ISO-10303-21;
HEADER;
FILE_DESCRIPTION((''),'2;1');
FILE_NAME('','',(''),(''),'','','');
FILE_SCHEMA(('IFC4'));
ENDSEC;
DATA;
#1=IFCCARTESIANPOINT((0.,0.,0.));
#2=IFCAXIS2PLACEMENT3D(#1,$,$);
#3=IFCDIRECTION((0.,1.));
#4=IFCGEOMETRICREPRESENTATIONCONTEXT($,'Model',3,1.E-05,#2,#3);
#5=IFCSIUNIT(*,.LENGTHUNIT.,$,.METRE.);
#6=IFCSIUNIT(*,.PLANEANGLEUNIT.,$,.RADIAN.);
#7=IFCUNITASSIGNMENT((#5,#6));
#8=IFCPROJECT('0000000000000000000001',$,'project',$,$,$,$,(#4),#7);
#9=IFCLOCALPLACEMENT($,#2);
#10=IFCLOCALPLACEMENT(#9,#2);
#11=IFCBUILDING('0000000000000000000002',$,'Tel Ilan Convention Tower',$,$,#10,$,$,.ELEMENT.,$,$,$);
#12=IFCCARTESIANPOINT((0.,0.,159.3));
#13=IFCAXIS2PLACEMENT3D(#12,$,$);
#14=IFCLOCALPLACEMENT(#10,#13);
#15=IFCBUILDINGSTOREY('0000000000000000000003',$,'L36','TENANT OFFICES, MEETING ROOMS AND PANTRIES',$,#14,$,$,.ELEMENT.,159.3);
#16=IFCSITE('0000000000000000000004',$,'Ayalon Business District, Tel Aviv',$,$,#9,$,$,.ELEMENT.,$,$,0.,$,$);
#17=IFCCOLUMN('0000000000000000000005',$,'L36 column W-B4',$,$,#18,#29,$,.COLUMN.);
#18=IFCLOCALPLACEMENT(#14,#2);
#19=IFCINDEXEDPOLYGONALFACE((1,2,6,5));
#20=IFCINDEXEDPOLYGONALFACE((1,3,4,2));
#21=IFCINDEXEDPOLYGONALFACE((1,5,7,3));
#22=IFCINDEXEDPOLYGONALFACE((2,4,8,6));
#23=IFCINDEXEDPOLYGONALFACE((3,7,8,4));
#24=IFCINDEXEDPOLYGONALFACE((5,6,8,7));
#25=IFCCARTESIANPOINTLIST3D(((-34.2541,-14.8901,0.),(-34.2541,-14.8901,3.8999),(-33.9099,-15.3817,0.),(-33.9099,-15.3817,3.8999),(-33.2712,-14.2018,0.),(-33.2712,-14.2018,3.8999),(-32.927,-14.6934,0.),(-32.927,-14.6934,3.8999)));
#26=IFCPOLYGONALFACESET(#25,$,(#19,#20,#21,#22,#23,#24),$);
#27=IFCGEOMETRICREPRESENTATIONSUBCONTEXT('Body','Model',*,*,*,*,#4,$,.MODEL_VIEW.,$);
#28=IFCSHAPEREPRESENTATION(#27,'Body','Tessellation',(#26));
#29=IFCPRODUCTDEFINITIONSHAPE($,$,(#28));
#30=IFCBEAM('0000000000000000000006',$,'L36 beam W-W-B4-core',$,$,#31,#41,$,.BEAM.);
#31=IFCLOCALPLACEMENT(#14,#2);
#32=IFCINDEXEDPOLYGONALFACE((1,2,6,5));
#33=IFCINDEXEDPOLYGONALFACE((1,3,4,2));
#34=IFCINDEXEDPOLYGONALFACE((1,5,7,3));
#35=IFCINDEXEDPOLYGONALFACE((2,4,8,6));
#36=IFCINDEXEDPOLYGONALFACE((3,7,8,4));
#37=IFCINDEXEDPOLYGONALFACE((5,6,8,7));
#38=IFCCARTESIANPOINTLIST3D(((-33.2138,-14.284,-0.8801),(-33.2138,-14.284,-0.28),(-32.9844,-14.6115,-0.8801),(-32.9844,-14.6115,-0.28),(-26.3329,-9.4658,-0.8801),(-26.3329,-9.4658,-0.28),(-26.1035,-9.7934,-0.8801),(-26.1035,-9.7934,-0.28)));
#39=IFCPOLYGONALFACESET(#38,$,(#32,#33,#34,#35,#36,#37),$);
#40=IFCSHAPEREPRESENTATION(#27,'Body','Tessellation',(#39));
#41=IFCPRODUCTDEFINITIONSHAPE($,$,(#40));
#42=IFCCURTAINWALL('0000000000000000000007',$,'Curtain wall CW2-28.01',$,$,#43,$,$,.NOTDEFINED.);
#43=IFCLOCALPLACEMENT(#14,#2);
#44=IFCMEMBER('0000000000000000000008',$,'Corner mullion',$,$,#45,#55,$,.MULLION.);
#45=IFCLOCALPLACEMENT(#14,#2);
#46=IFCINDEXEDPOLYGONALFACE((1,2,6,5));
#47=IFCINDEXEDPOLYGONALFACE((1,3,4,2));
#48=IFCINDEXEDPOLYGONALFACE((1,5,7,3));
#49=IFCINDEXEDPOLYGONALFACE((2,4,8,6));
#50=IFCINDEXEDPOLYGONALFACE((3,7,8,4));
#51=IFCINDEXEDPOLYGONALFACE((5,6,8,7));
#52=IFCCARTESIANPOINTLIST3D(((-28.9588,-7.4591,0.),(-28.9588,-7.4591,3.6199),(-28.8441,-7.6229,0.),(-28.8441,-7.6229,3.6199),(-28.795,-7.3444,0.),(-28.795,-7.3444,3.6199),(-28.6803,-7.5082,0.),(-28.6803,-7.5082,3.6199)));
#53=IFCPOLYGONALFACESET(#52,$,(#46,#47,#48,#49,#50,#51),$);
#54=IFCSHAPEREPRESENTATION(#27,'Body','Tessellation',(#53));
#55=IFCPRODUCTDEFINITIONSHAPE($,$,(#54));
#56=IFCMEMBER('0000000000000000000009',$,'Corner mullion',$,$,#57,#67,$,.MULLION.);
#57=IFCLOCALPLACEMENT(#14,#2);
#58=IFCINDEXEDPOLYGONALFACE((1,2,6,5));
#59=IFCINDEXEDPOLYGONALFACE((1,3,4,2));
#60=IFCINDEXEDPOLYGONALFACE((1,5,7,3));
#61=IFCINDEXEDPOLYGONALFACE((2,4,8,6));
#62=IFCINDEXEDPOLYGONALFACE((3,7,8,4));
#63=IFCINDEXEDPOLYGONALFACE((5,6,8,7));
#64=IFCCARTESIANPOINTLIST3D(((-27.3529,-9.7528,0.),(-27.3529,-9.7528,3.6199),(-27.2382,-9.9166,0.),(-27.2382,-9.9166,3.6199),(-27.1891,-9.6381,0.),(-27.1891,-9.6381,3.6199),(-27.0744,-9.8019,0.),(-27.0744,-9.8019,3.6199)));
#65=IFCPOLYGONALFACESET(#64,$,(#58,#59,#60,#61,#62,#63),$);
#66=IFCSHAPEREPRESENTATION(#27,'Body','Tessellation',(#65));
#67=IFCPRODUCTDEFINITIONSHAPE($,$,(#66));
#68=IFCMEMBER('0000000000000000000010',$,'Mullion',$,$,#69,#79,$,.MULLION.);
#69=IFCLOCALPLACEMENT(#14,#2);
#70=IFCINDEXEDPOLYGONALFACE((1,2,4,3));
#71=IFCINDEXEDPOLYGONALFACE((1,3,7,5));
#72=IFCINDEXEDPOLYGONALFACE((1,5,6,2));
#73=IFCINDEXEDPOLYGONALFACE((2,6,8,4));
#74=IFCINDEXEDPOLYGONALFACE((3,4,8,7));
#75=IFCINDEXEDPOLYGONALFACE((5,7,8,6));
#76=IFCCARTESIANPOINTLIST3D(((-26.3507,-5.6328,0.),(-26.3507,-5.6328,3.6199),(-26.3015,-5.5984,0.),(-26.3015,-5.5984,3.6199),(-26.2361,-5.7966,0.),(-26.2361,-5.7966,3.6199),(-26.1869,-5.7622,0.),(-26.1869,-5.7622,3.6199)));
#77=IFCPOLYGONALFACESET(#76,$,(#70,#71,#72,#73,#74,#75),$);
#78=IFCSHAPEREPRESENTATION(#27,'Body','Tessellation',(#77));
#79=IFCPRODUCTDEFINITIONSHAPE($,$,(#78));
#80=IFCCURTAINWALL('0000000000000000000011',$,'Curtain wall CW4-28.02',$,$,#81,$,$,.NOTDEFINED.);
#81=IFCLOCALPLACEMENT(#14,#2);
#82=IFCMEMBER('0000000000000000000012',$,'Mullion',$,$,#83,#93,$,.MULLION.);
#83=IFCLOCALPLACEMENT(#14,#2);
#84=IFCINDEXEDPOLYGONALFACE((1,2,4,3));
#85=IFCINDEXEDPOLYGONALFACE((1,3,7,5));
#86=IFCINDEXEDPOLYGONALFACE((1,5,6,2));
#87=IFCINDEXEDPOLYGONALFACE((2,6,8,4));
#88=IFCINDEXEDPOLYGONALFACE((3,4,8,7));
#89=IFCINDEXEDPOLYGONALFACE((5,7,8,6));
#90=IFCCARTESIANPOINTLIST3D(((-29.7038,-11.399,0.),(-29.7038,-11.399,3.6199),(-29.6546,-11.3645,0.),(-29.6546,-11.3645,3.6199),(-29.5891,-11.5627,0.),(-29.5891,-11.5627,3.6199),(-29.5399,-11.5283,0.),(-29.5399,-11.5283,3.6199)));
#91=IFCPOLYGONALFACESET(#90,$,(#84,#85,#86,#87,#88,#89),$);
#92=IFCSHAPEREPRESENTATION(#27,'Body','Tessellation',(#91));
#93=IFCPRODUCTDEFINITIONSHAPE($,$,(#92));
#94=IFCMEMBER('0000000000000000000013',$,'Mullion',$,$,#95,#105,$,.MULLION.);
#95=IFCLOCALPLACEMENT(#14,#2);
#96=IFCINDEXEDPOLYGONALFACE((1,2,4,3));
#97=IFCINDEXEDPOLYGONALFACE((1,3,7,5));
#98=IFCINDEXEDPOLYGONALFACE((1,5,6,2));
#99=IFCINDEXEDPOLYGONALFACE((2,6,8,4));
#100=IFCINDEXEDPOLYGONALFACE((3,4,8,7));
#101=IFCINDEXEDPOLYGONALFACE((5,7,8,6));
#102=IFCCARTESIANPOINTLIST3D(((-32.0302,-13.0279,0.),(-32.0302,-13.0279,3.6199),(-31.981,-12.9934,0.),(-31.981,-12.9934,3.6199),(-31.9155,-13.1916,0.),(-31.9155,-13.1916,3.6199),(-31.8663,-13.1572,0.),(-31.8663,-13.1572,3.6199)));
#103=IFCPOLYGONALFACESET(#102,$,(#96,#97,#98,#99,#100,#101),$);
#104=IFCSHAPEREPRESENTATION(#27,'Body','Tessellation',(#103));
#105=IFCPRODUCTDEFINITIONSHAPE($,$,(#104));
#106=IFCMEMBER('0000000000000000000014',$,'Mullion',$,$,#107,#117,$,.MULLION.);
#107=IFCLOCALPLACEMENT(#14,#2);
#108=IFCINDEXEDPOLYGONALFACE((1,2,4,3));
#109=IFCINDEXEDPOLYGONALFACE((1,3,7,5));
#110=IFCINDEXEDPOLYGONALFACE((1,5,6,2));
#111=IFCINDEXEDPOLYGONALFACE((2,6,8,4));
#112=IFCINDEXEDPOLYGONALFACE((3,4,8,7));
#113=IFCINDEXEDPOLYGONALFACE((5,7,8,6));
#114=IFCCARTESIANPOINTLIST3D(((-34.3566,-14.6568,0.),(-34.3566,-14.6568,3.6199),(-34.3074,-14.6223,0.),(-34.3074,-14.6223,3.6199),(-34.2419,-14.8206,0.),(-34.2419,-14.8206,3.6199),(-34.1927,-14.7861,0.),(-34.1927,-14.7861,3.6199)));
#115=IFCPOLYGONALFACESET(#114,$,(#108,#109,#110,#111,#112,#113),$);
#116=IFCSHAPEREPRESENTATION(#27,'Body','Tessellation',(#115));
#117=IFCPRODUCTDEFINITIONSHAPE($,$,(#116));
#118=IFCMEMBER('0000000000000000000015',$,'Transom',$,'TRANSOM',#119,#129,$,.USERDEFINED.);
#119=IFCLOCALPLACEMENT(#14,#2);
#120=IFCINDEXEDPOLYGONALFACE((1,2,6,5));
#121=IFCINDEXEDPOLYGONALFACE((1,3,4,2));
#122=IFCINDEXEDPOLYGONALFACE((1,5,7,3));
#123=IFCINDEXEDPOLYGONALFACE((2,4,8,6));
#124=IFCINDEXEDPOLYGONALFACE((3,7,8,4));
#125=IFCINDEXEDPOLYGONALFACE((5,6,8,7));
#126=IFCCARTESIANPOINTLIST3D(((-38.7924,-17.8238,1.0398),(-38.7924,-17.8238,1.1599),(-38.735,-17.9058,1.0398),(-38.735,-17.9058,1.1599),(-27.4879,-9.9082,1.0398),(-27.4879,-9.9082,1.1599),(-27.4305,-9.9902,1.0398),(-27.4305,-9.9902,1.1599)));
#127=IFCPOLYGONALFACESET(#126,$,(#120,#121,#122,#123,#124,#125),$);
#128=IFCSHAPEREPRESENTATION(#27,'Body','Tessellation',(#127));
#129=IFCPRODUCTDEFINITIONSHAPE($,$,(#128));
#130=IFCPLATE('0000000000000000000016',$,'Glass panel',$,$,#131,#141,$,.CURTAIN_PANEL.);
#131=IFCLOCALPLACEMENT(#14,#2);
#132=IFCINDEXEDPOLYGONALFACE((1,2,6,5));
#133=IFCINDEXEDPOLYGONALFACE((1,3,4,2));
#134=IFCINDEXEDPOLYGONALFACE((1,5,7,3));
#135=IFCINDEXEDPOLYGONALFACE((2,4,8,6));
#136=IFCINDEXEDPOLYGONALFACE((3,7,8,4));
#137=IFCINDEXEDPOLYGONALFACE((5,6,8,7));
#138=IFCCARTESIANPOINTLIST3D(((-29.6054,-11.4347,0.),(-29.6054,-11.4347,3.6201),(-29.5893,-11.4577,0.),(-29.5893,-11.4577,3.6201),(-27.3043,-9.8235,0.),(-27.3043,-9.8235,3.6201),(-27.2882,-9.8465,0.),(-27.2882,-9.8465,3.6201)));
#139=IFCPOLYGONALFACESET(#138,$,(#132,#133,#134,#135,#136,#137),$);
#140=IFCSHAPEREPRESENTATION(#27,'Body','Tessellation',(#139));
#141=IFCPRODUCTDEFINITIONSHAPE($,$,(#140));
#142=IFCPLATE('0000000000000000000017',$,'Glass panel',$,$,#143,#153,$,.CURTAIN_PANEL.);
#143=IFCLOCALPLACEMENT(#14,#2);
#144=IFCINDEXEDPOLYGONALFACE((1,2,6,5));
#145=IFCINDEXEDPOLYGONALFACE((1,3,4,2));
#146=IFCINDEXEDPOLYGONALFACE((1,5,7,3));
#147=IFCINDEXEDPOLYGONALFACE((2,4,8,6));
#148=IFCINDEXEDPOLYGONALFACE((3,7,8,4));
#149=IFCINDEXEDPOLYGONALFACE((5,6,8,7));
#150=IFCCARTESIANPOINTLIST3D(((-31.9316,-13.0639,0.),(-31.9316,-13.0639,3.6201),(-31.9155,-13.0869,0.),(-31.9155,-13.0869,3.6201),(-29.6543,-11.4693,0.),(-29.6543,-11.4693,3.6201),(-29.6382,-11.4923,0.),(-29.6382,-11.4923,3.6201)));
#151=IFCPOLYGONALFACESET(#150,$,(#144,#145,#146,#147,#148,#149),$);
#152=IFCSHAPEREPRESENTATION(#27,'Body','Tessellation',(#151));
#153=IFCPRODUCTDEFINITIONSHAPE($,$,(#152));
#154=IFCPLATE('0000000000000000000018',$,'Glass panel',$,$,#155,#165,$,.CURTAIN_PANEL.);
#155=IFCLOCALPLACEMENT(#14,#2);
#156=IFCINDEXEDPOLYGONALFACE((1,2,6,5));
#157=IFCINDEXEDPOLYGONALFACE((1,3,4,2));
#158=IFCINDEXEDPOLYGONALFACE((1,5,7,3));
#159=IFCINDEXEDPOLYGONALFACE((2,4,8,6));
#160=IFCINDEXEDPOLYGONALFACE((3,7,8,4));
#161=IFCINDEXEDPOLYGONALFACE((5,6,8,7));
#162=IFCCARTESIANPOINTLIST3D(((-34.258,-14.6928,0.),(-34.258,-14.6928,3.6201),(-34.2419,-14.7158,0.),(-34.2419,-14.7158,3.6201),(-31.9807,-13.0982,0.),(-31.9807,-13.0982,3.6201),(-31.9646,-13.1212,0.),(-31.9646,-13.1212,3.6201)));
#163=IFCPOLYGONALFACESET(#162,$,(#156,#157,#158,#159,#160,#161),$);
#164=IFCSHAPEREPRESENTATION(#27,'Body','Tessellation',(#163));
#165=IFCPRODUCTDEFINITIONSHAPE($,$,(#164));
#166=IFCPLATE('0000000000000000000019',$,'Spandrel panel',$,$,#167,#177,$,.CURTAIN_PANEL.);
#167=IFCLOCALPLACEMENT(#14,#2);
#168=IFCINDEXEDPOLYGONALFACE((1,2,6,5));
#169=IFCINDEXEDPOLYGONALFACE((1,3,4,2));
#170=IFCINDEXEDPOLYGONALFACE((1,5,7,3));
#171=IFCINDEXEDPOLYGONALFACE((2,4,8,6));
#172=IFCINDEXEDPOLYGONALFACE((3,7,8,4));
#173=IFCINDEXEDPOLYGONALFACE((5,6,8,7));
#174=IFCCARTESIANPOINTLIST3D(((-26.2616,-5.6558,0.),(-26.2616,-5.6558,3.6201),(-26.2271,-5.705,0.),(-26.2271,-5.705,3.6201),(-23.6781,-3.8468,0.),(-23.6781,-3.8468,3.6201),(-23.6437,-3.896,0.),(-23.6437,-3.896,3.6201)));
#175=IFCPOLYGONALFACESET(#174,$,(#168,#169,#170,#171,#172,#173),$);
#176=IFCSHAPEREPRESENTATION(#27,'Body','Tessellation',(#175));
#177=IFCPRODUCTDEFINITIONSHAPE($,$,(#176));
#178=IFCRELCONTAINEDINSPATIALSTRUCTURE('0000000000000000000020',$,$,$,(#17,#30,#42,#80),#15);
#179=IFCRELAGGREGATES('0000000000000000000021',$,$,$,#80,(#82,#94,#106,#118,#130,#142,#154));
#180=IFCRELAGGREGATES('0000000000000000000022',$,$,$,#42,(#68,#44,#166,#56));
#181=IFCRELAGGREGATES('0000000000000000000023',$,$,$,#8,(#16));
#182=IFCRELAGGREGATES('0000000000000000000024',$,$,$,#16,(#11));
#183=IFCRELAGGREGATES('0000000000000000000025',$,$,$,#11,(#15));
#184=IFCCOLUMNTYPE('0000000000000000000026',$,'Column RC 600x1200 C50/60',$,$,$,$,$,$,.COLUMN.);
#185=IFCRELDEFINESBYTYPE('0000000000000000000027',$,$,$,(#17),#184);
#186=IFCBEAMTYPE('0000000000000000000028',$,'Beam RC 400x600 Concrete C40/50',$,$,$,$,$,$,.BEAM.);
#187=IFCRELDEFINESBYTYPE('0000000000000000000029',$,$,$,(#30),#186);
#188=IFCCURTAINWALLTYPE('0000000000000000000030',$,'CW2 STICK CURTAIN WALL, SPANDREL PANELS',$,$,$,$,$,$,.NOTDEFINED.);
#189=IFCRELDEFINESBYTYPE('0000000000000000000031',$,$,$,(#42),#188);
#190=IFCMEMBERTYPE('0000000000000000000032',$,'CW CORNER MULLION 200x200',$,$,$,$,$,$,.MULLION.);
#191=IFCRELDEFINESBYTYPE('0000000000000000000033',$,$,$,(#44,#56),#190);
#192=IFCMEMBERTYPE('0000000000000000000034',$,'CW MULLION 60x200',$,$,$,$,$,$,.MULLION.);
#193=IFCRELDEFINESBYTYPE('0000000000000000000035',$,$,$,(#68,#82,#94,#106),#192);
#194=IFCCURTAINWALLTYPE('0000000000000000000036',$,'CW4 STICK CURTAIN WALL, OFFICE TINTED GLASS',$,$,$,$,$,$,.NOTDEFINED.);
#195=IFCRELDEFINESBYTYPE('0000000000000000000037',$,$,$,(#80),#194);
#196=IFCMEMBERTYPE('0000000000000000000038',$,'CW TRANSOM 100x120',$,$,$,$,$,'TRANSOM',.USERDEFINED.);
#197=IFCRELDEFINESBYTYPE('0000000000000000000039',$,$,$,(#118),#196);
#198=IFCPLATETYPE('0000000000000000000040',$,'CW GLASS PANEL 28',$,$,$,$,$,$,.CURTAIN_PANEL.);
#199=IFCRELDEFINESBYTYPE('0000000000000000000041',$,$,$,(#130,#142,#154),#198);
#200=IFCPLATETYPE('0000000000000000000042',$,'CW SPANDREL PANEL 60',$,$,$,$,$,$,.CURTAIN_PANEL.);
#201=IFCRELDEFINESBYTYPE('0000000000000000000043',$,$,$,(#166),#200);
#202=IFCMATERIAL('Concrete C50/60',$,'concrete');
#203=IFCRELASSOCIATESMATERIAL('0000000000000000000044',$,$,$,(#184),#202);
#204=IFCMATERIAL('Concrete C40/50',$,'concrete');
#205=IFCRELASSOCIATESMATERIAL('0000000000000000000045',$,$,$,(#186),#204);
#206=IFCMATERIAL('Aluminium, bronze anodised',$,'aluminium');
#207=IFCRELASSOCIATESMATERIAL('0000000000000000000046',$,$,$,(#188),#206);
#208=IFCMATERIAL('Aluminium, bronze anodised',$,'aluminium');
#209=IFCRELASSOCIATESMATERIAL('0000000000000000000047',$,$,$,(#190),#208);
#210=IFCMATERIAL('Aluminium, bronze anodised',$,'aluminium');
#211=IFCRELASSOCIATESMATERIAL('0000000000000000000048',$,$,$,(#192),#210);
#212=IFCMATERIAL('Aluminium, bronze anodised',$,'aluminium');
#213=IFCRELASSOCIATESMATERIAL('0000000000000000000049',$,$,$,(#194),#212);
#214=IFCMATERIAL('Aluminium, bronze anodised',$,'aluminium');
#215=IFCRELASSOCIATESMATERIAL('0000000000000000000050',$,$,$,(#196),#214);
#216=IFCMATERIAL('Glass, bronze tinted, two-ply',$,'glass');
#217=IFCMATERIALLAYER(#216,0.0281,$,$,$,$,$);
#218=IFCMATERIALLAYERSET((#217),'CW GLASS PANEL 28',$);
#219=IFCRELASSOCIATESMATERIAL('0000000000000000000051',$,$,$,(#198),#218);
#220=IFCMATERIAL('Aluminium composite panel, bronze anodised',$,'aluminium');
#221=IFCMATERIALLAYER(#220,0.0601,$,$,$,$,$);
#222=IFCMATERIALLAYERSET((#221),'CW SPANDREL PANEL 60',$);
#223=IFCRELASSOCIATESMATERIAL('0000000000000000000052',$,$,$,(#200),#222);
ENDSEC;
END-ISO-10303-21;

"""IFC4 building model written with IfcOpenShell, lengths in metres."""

from ifc_helpers import new_model, si_unit, direction, frame, origin, origin_2d, place, context, subcontext, project, spatial, rectangle, extrude, material, layer, layer_set, material_profile, profile_set, type_object, element, aggregate, save


model = new_model("IFC4")

# Units and contexts
model_context = context("Model", 3, precision=1e-05, world=origin(), true_north=direction((0.0, 1.0)))
body_context = subcontext(model_context, "Body", "Model", "MODEL_VIEW")
ifc_project = project(units=[si_unit("LENGTHUNIT", "METRE"), si_unit("PLANEANGLEUNIT", "RADIAN")], contexts=[model_context])

# Site, building, storey
site_placement = place(None, origin())
site = spatial("IfcSite", under=ifc_project, at=site_placement, Name="Ayalon Business District, Tel Aviv", CompositionType="ELEMENT", RefElevation=0.0)
building_placement = place(site_placement, origin())
building = spatial("IfcBuilding", under=site, at=building_placement, Name="Tel Ilan Convention Tower", CompositionType="ELEMENT")
storey_placement = place(building_placement, frame((0.0, 0.0, 159.3)))
storey = spatial("IfcBuildingStorey", under=building, at=storey_placement, Name="L36", Description="TENANT OFFICES, MEETING ROOMS AND PANTRIES", CompositionType="ELEMENT", Elevation=159.3)

# Column
ifc_material_1 = material(Name="Concrete C50/60", Category="concrete")
ifc_material_profile_1 = material_profile(ifc_material_1, rectangle(XDim=1.2, YDim=0.6001, at=origin_2d()), Name="RC 600x1200")
ifc_profile_set_1 = profile_set([ifc_material_profile_1], Name="Concrete C50/60")
column_type = type_object("IfcColumnType", Name="Column RC 600x1200 C50/60", PredefinedType="COLUMN", material=ifc_profile_set_1)
column_placement = place(storey_placement, frame((-33.5906, -14.7917, 0.0), z_axis=(0.0, 0.0, 1.0), x_axis=(-0.819152, -0.573576, 0.0)))
element("IfcColumn", 1, at=column_placement, inside=storey, type_object=column_type, Name="L36 column W-B4", PredefinedType="COLUMN", context=body_context, shape_type="SweptSolid", body=[
    extrude(rectangle(XDim=1.2, YDim=0.6001, at=origin_2d()), origin(), (0.0, 0.0, 1.0), 3.8999),
])

# Beam
ifc_material_2 = material(Name="Concrete C40/50", Category="concrete")
ifc_material_profile_2 = material_profile(ifc_material_2, rectangle(XDim=0.3999, YDim=0.6001, at=origin_2d()), Name="RC 400x600")
ifc_profile_set_2 = profile_set([ifc_material_profile_2], Name="Concrete C40/50")
beam_type = type_object("IfcBeamType", Name="Beam RC 400x600 Concrete C40/50", PredefinedType="BEAM", material=ifc_profile_set_2)
beam_placement = place(storey_placement, frame((-33.0991, -14.4478, -0.5801), z_axis=(0.819147, 0.573583, 0.0), x_axis=(-0.573583, 0.819147, 0.0)))
element("IfcBeam", 2, at=beam_placement, inside=storey, type_object=beam_type, Name="L36 beam W-W-B4-core", PredefinedType="BEAM", context=body_context, shape_type="SweptSolid", body=[
    extrude(rectangle(XDim=0.3999, YDim=0.6001, at=origin_2d()), origin(), (0.0, 0.0, 1.0), 8.4001),
])

# Curtain wall, members
ifc_material_3 = material(Name="Aluminium, bronze anodised", Category="aluminium")
curtain_wall_type_1 = type_object("IfcCurtainWallType", Name="CW2 STICK CURTAIN WALL, SPANDREL PANELS", PredefinedType="NOTDEFINED", material=ifc_material_3)
curtain_wall_1_placement = place(storey_placement, origin())
curtain_wall_1 = element("IfcCurtainWall", 3, at=curtain_wall_1_placement, inside=storey, type_object=curtain_wall_type_1, Name="Curtain wall CW2-28.01", PredefinedType="NOTDEFINED")
ifc_material_4 = material(Name="Aluminium, bronze anodised", Category="aluminium")
ifc_material_profile_3 = material_profile(ifc_material_4, rectangle(XDim=0.2, YDim=0.2, at=origin_2d()), Name="CW CORNER MULLION 200x200")
ifc_profile_set_3 = profile_set([ifc_material_profile_3], Name="Aluminium, bronze anodised")
member_type_1 = type_object("IfcMemberType", Name="CW CORNER MULLION 200x200", PredefinedType="MULLION", material=ifc_profile_set_3)
member_1_placement = place(storey_placement, frame((-28.8196, -7.4836, 0.0), z_axis=(0.0, 0.0, 1.0), x_axis=(-0.819152, -0.573576, 0.0)))
member_1 = element("IfcMember", 4, at=member_1_placement, type_object=member_type_1, Name="Corner mullion", PredefinedType="MULLION", context=body_context, shape_type="SweptSolid", body=[
    extrude(rectangle(XDim=0.2, YDim=0.2, at=origin_2d()), origin(), (0.0, 0.0, 1.0), 3.6199),
])
member_2_placement = place(storey_placement, frame((-27.2136, -9.7773, 0.0), z_axis=(0.0, 0.0, 1.0), x_axis=(0.573576, -0.819152, 0.0)))
member_2 = element("IfcMember", 5, at=member_2_placement, type_object=member_type_1, Name="Corner mullion", PredefinedType="MULLION", context=body_context, shape_type="SweptSolid", body=[
    extrude(rectangle(XDim=0.2, YDim=0.2, at=origin_2d()), origin(), (0.0, 0.0, 1.0), 3.6199),
])
ifc_material_5 = material(Name="Aluminium, bronze anodised", Category="aluminium")
ifc_material_profile_4 = material_profile(ifc_material_5, rectangle(XDim=0.0601, YDim=0.2, at=origin_2d()), Name="CW MULLION 60x200")
ifc_profile_set_4 = profile_set([ifc_material_profile_4], Name="Aluminium, bronze anodised")
member_type_2 = type_object("IfcMemberType", Name="CW MULLION 60x200", PredefinedType="MULLION", material=ifc_profile_set_4)
member_3_placement = place(storey_placement, frame((-26.2688, -5.6975, 0.0), z_axis=(0.0, 0.0, 1.0), x_axis=(-0.819152, -0.573576, 0.0)))
member_3 = element("IfcMember", 6, at=member_3_placement, type_object=member_type_2, Name="Mullion", PredefinedType="MULLION", context=body_context, shape_type="SweptSolid", body=[
    extrude(rectangle(XDim=0.0601, YDim=0.2, at=origin_2d()), origin(), (0.0, 0.0, 1.0), 3.6199),
])

# Curtain wall, members, plates
ifc_material_6 = material(Name="Aluminium, bronze anodised", Category="aluminium")
curtain_wall_type_2 = type_object("IfcCurtainWallType", Name="CW4 STICK CURTAIN WALL, OFFICE TINTED GLASS", PredefinedType="NOTDEFINED", material=ifc_material_6)
curtain_wall_2_placement = place(storey_placement, origin())
curtain_wall_2 = element("IfcCurtainWall", 7, at=curtain_wall_2_placement, inside=storey, type_object=curtain_wall_type_2, Name="Curtain wall CW4-28.02", PredefinedType="NOTDEFINED")
member_4_placement = place(storey_placement, frame((-29.6218, -11.4636, 0.0), z_axis=(0.0, 0.0, 1.0), x_axis=(-0.819152, -0.573576, 0.0)))
member_4 = element("IfcMember", 8, at=member_4_placement, type_object=member_type_2, Name="Mullion", PredefinedType="MULLION", context=body_context, shape_type="SweptSolid", body=[
    extrude(rectangle(XDim=0.0601, YDim=0.2, at=origin_2d()), origin(), (0.0, 0.0, 1.0), 3.6199),
])
member_5_placement = place(storey_placement, frame((-31.9482, -13.0925, 0.0), z_axis=(0.0, 0.0, 1.0), x_axis=(-0.819152, -0.573576, 0.0)))
member_5 = element("IfcMember", 9, at=member_5_placement, type_object=member_type_2, Name="Mullion", PredefinedType="MULLION", context=body_context, shape_type="SweptSolid", body=[
    extrude(rectangle(XDim=0.0601, YDim=0.2, at=origin_2d()), origin(), (0.0, 0.0, 1.0), 3.6199),
])
member_6_placement = place(storey_placement, frame((-34.2747, -14.7214, 0.0), z_axis=(0.0, 0.0, 1.0), x_axis=(-0.819152, -0.573576, 0.0)))
member_6 = element("IfcMember", 10, at=member_6_placement, type_object=member_type_2, Name="Mullion", PredefinedType="MULLION", context=body_context, shape_type="SweptSolid", body=[
    extrude(rectangle(XDim=0.0601, YDim=0.2, at=origin_2d()), origin(), (0.0, 0.0, 1.0), 3.6199),
])
ifc_material_7 = material(Name="Aluminium, bronze anodised", Category="aluminium")
ifc_material_profile_5 = material_profile(ifc_material_7, rectangle(XDim=0.1001, YDim=0.1201, at=origin_2d()), Name="CW TRANSOM 100x120")
ifc_profile_set_5 = profile_set([ifc_material_profile_5], Name="Aluminium, bronze anodised")
member_type_3 = type_object("IfcMemberType", Name="CW TRANSOM 100x120", ElementType="TRANSOM", PredefinedType="USERDEFINED", material=ifc_profile_set_5)
member_7_placement = place(storey_placement, frame((-27.4592, -9.9492, 1.0999), z_axis=(-0.81915, -0.57358, 0.0), x_axis=(0.57358, -0.81915, 0.0)))
member_7 = element("IfcMember", 11, at=member_7_placement, type_object=member_type_3, Name="Transom", ObjectType="TRANSOM", PredefinedType="USERDEFINED", context=body_context, shape_type="SweptSolid", body=[
    extrude(rectangle(XDim=0.1001, YDim=0.1201, at=origin_2d()), origin(), (0.0, 0.0, 1.0), 13.8003),
])
ifc_material_8 = material(Name="Glass, bronze tinted, two-ply", Category="glass")
ifc_layer_1 = layer(ifc_material_8, 0.0281)
ifc_layer_set_1 = layer_set([ifc_layer_1], Name="CW GLASS PANEL 28")
plate_type_1 = type_object("IfcPlateType", Name="CW GLASS PANEL 28", PredefinedType="CURTAIN_PANEL", material=ifc_layer_set_1)
plate_1_placement = place(storey_placement, frame((-28.4468, -10.6406, 0.0), z_axis=(0.0, 0.0, 1.0), x_axis=(-0.819152, -0.573576, 0.0)))
plate_1 = element("IfcPlate", 12, at=plate_1_placement, type_object=plate_type_1, Name="Glass panel", PredefinedType="CURTAIN_PANEL", context=body_context, shape_type="SweptSolid", body=[
    extrude(rectangle(XDim=2.8091, YDim=0.0281, at=origin_2d()), origin(), (0.0, 0.0, 1.0), 3.6201),
])
plate_2_placement = place(storey_placement, frame((-30.7849, -12.2781, 0.0), z_axis=(0.0, 0.0, 1.0), x_axis=(-0.819152, -0.573576, 0.0)))
plate_2 = element("IfcPlate", 13, at=plate_2_placement, type_object=plate_type_1, Name="Glass panel", PredefinedType="CURTAIN_PANEL", context=body_context, shape_type="SweptSolid", body=[
    extrude(rectangle(XDim=2.78, YDim=0.0281, at=origin_2d()), origin(), (0.0, 0.0, 1.0), 3.6201),
])
plate_3_placement = place(storey_placement, frame((-33.1113, -13.907, 0.0), z_axis=(0.0, 0.0, 1.0), x_axis=(-0.819152, -0.573576, 0.0)))
plate_3 = element("IfcPlate", 14, at=plate_3_placement, type_object=plate_type_1, Name="Glass panel", PredefinedType="CURTAIN_PANEL", context=body_context, shape_type="SweptSolid", body=[
    extrude(rectangle(XDim=2.78, YDim=0.0281, at=origin_2d()), origin(), (0.0, 0.0, 1.0), 3.6201),
])
aggregate(curtain_wall_2, [member_4, member_5, member_6, member_7, plate_1, plate_2, plate_3])

# Plate
ifc_material_9 = material(Name="Aluminium composite panel, bronze anodised", Category="aluminium")
ifc_layer_2 = layer(ifc_material_9, 0.0601)
ifc_layer_set_2 = layer_set([ifc_layer_2], Name="CW SPANDREL PANEL 60")
plate_type_2 = type_object("IfcPlateType", Name="CW SPANDREL PANEL 60", PredefinedType="CURTAIN_PANEL", material=ifc_layer_set_2)
plate_4_placement = place(storey_placement, frame((-24.9526, -4.7759, 0.0), z_axis=(0.0, 0.0, 1.0), x_axis=(-0.819152, -0.573576, 0.0)))
plate_4 = element("IfcPlate", 15, at=plate_4_placement, type_object=plate_type_2, Name="Spandrel panel", PredefinedType="CURTAIN_PANEL", context=body_context, shape_type="SweptSolid", body=[
    extrude(rectangle(XDim=3.1538, YDim=0.0601, at=origin_2d()), origin(), (0.0, 0.0, 1.0), 3.6201),
])
aggregate(curtain_wall_1, [member_3, member_1, plate_4, member_2])

save(model, "model.ifc")
